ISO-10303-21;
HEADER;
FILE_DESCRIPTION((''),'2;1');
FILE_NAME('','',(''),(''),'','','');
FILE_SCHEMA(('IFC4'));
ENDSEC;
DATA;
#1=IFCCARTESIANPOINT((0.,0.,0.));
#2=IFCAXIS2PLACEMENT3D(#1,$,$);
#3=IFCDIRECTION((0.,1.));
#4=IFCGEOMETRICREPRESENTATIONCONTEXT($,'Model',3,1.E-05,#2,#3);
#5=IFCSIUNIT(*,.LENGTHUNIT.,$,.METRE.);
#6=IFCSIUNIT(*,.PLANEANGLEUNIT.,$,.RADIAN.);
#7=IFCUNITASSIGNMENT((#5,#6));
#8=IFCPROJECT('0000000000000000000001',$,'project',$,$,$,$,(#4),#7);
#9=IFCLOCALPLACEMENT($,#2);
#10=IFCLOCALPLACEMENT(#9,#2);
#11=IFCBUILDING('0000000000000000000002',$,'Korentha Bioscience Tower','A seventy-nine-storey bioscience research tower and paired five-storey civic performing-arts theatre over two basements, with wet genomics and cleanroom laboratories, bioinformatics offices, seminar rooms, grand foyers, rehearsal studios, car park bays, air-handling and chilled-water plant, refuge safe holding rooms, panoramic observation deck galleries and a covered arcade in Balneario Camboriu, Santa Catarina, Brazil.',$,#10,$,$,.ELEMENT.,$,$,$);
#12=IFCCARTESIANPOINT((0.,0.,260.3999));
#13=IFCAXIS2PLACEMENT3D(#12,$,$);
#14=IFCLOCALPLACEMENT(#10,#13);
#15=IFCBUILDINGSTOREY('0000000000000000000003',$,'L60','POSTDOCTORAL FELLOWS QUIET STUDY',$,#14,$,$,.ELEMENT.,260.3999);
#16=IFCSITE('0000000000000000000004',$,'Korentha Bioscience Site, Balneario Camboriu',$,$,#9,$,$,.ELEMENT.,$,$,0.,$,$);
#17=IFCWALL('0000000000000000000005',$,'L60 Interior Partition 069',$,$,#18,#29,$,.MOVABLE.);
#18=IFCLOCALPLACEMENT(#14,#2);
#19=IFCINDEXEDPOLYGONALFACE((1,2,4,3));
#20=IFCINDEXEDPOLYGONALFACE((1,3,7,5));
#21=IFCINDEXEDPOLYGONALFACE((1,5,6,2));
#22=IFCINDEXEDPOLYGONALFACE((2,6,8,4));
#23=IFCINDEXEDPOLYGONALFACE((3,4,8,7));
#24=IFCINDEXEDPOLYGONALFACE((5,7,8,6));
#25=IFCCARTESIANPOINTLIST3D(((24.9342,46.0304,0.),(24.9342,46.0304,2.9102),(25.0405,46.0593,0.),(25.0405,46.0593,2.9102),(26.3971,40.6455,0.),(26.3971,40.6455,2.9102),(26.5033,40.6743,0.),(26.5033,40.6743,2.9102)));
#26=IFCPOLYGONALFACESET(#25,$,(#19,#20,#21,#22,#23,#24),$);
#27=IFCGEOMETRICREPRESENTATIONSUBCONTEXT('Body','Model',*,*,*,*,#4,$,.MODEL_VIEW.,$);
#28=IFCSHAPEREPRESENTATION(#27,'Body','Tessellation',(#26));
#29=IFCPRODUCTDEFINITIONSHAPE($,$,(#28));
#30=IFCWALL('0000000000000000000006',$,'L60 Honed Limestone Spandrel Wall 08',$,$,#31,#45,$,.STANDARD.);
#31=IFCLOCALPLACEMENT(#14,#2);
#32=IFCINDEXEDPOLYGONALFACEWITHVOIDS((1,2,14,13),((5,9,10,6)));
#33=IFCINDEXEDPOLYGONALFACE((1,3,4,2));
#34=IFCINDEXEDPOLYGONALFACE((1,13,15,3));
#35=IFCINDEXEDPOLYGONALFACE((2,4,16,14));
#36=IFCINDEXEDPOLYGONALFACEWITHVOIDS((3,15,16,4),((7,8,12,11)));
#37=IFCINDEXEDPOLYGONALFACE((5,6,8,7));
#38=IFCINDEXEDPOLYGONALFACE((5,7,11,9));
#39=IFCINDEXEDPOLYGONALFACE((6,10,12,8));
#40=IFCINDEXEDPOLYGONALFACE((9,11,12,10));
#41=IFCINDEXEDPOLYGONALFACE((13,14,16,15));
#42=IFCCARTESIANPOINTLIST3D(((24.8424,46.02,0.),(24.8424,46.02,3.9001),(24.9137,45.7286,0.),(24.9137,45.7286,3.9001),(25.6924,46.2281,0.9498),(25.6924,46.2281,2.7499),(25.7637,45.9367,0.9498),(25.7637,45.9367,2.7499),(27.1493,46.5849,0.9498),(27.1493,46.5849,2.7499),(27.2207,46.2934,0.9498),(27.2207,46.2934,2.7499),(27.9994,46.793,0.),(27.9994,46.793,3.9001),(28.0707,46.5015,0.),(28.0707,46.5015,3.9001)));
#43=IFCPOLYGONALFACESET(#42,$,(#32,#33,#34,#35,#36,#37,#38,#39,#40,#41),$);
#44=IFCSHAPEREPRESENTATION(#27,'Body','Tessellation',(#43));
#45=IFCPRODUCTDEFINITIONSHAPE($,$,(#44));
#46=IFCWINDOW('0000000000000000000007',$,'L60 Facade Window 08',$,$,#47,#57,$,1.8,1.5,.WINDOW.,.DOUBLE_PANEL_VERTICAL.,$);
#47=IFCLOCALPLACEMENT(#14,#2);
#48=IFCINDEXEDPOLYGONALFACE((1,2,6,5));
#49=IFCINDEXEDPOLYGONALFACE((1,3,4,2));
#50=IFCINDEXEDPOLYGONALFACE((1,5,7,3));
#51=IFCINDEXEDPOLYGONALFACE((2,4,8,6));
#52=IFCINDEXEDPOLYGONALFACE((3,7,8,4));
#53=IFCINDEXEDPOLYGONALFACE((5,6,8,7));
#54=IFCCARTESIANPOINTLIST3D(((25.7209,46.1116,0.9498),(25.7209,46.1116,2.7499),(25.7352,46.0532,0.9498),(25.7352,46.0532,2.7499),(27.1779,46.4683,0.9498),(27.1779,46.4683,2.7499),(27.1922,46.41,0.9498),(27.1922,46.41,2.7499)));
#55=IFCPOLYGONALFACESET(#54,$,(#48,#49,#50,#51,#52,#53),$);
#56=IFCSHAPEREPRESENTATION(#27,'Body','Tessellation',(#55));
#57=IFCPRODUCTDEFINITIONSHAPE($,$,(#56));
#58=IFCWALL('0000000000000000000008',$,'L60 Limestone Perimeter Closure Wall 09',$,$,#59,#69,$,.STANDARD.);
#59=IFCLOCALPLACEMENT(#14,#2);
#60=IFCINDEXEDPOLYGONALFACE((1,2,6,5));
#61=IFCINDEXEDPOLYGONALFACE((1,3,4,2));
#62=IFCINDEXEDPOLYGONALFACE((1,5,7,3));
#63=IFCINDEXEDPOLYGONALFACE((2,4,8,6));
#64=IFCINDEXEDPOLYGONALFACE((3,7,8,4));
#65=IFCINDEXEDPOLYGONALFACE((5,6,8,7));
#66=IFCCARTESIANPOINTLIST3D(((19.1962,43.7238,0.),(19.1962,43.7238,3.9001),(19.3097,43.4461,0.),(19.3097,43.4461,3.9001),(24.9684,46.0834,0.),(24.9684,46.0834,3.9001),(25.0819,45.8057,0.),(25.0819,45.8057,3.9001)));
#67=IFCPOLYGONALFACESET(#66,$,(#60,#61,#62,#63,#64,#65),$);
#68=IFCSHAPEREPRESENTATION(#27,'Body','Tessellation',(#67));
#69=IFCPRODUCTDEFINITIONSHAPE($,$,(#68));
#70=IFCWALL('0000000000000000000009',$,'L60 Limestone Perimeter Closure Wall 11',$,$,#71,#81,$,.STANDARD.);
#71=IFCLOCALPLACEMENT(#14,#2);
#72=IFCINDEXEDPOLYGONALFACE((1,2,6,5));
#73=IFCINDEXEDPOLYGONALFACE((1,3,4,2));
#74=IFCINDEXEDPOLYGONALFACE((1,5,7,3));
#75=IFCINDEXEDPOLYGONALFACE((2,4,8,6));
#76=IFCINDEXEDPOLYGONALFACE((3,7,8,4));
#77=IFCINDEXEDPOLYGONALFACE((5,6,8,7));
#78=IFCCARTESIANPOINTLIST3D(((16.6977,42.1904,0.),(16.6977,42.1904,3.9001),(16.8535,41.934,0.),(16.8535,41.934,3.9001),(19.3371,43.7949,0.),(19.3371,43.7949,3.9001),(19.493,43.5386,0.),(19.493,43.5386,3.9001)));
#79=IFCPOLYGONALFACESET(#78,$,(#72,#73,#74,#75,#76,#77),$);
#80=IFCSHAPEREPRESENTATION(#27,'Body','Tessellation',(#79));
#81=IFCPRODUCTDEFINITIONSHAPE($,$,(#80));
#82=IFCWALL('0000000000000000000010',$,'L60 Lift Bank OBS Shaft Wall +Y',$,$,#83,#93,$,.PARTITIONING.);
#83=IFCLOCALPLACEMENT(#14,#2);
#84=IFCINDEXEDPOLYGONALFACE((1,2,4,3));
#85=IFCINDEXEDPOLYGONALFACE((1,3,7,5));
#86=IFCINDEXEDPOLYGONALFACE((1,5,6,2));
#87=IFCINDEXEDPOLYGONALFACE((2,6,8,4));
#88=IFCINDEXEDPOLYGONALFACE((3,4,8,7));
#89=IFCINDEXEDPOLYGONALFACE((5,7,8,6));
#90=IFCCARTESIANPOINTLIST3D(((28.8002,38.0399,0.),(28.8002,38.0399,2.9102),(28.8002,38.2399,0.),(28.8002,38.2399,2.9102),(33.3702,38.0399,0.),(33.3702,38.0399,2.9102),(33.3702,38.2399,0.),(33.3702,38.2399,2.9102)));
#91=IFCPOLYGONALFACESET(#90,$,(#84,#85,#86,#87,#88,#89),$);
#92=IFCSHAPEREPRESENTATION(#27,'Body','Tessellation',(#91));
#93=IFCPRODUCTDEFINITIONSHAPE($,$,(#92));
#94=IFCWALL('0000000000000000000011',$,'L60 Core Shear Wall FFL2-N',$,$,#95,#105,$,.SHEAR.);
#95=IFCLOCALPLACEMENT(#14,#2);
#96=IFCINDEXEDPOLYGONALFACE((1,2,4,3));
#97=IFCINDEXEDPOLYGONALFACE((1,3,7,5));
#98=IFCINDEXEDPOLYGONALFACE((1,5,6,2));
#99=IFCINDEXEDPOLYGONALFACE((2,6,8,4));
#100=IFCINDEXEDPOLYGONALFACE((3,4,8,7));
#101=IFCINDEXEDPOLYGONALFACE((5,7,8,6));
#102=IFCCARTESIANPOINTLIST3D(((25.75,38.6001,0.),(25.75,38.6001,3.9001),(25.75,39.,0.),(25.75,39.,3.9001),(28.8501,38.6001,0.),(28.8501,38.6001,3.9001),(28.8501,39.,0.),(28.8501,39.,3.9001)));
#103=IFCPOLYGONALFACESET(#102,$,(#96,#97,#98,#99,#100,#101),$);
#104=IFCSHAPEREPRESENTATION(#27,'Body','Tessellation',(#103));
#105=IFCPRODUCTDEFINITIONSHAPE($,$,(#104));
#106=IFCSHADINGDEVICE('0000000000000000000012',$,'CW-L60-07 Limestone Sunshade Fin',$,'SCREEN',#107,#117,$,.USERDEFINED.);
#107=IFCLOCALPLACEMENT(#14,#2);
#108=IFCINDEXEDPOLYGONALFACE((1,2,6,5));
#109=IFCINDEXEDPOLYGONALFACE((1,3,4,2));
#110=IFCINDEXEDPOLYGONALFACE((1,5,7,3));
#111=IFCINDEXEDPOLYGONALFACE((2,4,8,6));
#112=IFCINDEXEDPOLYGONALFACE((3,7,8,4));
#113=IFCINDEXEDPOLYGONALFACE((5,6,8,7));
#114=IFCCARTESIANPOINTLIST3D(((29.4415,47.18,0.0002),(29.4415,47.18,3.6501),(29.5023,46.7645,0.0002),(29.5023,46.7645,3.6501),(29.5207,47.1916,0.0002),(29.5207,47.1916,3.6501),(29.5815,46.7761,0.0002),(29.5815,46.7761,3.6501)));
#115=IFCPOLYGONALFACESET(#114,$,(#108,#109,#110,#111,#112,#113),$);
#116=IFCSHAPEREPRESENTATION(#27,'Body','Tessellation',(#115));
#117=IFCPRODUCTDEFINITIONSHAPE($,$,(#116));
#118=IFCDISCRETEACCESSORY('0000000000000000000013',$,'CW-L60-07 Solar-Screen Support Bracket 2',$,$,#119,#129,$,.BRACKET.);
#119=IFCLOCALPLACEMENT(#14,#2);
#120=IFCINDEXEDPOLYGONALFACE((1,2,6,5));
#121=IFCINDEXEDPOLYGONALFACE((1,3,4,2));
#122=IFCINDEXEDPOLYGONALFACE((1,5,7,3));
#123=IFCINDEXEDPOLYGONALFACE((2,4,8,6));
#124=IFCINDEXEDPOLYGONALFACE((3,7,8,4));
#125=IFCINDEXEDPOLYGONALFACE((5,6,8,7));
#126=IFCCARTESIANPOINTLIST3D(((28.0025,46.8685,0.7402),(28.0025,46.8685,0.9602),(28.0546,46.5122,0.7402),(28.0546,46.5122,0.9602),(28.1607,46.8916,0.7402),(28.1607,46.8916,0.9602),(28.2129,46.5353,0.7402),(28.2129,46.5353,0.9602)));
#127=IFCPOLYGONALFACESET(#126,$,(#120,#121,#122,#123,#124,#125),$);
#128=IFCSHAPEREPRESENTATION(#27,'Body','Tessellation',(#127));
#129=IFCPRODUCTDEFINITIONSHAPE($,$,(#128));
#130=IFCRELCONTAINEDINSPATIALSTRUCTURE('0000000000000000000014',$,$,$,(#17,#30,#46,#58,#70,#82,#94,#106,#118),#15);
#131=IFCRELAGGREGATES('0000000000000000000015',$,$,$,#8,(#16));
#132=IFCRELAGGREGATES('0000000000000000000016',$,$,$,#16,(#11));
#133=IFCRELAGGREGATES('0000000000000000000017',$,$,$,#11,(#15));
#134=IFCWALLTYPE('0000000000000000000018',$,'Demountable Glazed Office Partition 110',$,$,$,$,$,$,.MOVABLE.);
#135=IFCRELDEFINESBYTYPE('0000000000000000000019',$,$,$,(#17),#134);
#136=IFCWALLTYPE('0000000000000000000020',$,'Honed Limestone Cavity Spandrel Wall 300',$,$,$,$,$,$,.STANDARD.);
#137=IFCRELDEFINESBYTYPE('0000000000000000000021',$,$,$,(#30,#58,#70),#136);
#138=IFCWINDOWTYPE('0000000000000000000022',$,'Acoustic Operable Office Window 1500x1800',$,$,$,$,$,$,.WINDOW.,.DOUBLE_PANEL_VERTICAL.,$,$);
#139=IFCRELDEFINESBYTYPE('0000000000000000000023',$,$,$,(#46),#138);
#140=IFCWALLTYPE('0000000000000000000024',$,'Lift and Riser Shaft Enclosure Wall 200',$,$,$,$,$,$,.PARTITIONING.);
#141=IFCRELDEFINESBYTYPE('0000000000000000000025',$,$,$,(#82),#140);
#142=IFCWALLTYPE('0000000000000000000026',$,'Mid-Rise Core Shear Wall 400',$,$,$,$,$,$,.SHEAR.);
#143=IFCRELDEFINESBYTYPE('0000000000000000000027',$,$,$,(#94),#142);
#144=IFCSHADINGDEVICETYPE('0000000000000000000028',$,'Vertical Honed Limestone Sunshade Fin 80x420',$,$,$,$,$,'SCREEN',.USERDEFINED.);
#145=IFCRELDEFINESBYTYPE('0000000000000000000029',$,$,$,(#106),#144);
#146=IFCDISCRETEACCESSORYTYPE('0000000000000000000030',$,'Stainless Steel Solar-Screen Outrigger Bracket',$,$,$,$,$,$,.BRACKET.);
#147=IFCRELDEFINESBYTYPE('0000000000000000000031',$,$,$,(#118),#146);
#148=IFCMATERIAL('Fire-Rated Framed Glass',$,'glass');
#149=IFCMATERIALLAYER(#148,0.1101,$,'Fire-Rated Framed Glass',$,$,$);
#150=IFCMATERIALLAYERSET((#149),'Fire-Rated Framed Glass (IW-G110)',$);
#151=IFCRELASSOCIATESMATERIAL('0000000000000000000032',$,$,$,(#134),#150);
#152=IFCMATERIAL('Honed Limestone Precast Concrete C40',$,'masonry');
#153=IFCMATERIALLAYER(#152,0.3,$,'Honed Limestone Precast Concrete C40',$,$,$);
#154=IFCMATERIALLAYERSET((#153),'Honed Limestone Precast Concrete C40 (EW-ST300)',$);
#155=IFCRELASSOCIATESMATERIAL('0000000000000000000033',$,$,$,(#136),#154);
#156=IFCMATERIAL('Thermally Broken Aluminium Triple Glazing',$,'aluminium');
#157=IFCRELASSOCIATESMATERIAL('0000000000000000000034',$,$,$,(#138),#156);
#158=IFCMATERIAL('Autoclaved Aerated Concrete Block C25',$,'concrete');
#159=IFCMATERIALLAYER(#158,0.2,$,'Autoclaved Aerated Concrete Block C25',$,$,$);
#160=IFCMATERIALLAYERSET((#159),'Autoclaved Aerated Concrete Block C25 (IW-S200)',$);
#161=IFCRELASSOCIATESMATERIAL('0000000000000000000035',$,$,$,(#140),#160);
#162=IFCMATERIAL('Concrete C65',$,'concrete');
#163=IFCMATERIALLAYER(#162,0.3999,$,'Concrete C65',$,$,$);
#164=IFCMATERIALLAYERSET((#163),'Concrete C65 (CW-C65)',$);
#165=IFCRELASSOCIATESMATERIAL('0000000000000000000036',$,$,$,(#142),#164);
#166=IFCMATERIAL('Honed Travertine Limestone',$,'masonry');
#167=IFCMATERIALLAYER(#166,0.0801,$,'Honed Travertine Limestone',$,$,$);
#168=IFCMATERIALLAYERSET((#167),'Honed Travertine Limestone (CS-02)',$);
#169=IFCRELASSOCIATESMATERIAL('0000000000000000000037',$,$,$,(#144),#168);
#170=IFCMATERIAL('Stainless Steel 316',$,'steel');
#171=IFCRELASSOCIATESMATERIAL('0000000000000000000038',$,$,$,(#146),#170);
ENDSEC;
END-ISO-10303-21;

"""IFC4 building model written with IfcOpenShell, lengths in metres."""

from ifc_helpers import new_model, si_unit, direction, frame, frame_2d, origin, origin_2d, place, context, subcontext, project, spatial, rectangle, extrude, material, layer, layer_set, type_object, element, fill, save


model = new_model("IFC4")

# Units and contexts
model_context = context("Model", 3, precision=1e-05, world=origin(), true_north=direction((0.0, 1.0)))
body_context = subcontext(model_context, "Body", "Model", "MODEL_VIEW")
ifc_project = project(units=[si_unit("LENGTHUNIT", "METRE"), si_unit("PLANEANGLEUNIT", "RADIAN")], contexts=[model_context])

# Site, building, storey
site_placement = place(None, origin())
site = spatial("IfcSite", under=ifc_project, at=site_placement, Name="Korentha Bioscience Site, Balneario Camboriu", CompositionType="ELEMENT", RefElevation=0.0)
building_placement = place(site_placement, origin())
building = spatial("IfcBuilding", under=site, at=building_placement, Name="Korentha Bioscience Tower", Description="A seventy-nine-storey bioscience research tower and paired five-storey civic performing-arts theatre over two basements, with wet genomics and cleanroom laboratories, bioinformatics offices, seminar rooms, grand foyers, rehearsal studios, car park bays, air-handling and chilled-water plant, refuge safe holding rooms, panoramic observation deck galleries and a covered arcade in Balneario Camboriu, Santa Catarina, Brazil.", CompositionType="ELEMENT")
storey_placement = place(building_placement, frame((0.0, 0.0, 260.3999)))
storey = spatial("IfcBuildingStorey", under=building, at=storey_placement, Name="L60", Description="POSTDOCTORAL FELLOWS QUIET STUDY", CompositionType="ELEMENT", Elevation=260.3999)

# Shared definitions
ifc_material_1 = material(Name="Concrete C65", Category="concrete")

# Wall
ifc_material_2 = material(Name="Fire-Rated Framed Glass", Category="glass")
ifc_layer_1 = layer(ifc_material_2, 0.1101, Name="Fire-Rated Framed Glass")
ifc_layer_set_1 = layer_set([ifc_layer_1], Name="Fire-Rated Framed Glass (IW-G110)")
wall_type_1 = type_object("IfcWallType", Name="Demountable Glazed Office Partition 110", PredefinedType="MOVABLE", material=ifc_layer_set_1)
wall_1_placement = place(storey_placement, frame((26.4502, 40.6599, 0.0), z_axis=(0.0, 0.0, 1.0), x_axis=(-0.262158, 0.965025, 0.0)))
element("IfcWall", 1, at=wall_1_placement, inside=storey, type_object=wall_type_1, Name="L60 Interior Partition 069", PredefinedType="MOVABLE", context=body_context, shape_type="SweptSolid", body=[
    extrude(rectangle(XDim=5.5801, YDim=0.1101, at=frame_2d((2.79, 0.0))), origin(), (0.0, 0.0, 1.0), 2.9102),
])

# Wall, opening, window
ifc_material_3 = material(Name="Honed Limestone Precast Concrete C40", Category="masonry")
ifc_layer_2 = layer(ifc_material_3, 0.3, Name="Honed Limestone Precast Concrete C40")
ifc_layer_set_2 = layer_set([ifc_layer_2], Name="Honed Limestone Precast Concrete C40 (EW-ST300)")
wall_type_2 = type_object("IfcWallType", Name="Honed Limestone Cavity Spandrel Wall 300", PredefinedType="STANDARD", material=ifc_layer_set_2)
wall_2_placement = place(storey_placement, frame((28.0349, 46.6472, 0.0), z_axis=(0.0, 0.0, 1.0), x_axis=(-0.971311, -0.237814, 0.0)))
wall_2 = element("IfcWall", 2, at=wall_2_placement, inside=storey, type_object=wall_type_2, Name="L60 Honed Limestone Spandrel Wall 08", PredefinedType="STANDARD", context=body_context, shape_type="SweptSolid", body=[
    extrude(rectangle(XDim=3.2502, YDim=0.3, at=frame_2d((1.625, 0.0))), origin(), (0.0, 0.0, 1.0), 3.9001),
])
opening_1_placement = place(wall_2_placement, frame((0.875, 0.0, 0.95)))
opening_1 = element("IfcOpeningElement", 3, at=opening_1_placement, cuts=wall_2, PredefinedType="OPENING", context=body_context, shape_type="SweptSolid", body=[
    extrude(rectangle(XDim=1.5, YDim=1.8, at=frame_2d((0.75, 0.8999))), frame((0.0, 0.165, 0.0), z_axis=(0.0, -1.0, 0.0), x_axis=(1.0, 0.0, 0.0)), (0.0, 0.0, 1.0), 0.3298),
])
ifc_material_4 = material(Name="Thermally Broken Aluminium Triple Glazing", Category="aluminium")
window_type = type_object("IfcWindowType", Name="Acoustic Operable Office Window 1500x1800", PartitioningType="DOUBLE_PANEL_VERTICAL", PredefinedType="WINDOW", material=ifc_material_4)
window_placement = place(opening_1_placement, origin())
window = element("IfcWindow", 4, at=window_placement, inside=storey, type_object=window_type, Name="L60 Facade Window 08", OverallHeight=1.8, OverallWidth=1.5, PartitioningType="DOUBLE_PANEL_VERTICAL", PredefinedType="WINDOW", context=body_context, shape_type="SweptSolid", body=[
    extrude(rectangle(XDim=1.5, YDim=1.8, at=frame_2d((0.75, 0.8999))), frame((0.0, 0.03, 0.0), z_axis=(0.0, -1.0, 0.0), x_axis=(1.0, 0.0, 0.0)), (0.0, 0.0, 1.0), 0.0601),
])
fill(opening_1, window)

# Walls
wall_3_placement = place(storey_placement, frame((25.0251, 45.9446, 0.0), z_axis=(0.0, 0.0, 1.0), x_axis=(-0.925645, -0.378393, 0.0)))
element("IfcWall", 5, at=wall_3_placement, inside=storey, type_object=wall_type_2, Name="L60 Limestone Perimeter Closure Wall 09", PredefinedType="STANDARD", context=body_context, shape_type="SweptSolid", body=[
    extrude(rectangle(XDim=6.2358, YDim=0.3, at=frame_2d((3.1179, 0.0))), origin(), (0.0, 0.0, 1.0), 3.9001),
])
wall_4_placement = place(storey_placement, frame((19.415, 43.6667, 0.0), z_axis=(0.0, 0.0, 1.0), x_axis=(-0.854501, -0.51945, 0.0)))
element("IfcWall", 6, at=wall_4_placement, inside=storey, type_object=wall_type_2, Name="L60 Limestone Perimeter Closure Wall 11", PredefinedType="STANDARD", context=body_context, shape_type="SweptSolid", body=[
    extrude(rectangle(XDim=3.0889, YDim=0.3, at=frame_2d((1.5444, 0.0))), origin(), (0.0, 0.0, 1.0), 3.9001),
])
ifc_material_5 = material(Name="Autoclaved Aerated Concrete Block C25", Category="concrete")
ifc_layer_3 = layer(ifc_material_5, 0.2, Name="Autoclaved Aerated Concrete Block C25")
ifc_layer_set_3 = layer_set([ifc_layer_3], Name="Autoclaved Aerated Concrete Block C25 (IW-S200)")
wall_type_3 = type_object("IfcWallType", Name="Lift and Riser Shaft Enclosure Wall 200", PredefinedType="PARTITIONING", material=ifc_layer_set_3)
wall_5_placement = place(storey_placement, frame((28.8, 38.1399, 0.0), z_axis=(0.0, 0.0, 1.0), x_axis=(1.0, 0.0, 0.0)))
element("IfcWall", 7, at=wall_5_placement, inside=storey, type_object=wall_type_3, Name="L60 Lift Bank OBS Shaft Wall +Y", PredefinedType="PARTITIONING", context=body_context, shape_type="SweptSolid", body=[
    extrude(rectangle(XDim=4.5701, YDim=0.2, at=frame_2d((2.2852, 0.0))), origin(), (0.0, 0.0, 1.0), 2.9102),
])
ifc_layer_4 = layer(ifc_material_1, 0.3999, Name="Concrete C65")
ifc_layer_set_4 = layer_set([ifc_layer_4], Name="Concrete C65 (CW-C65)")
wall_type_4 = type_object("IfcWallType", Name="Mid-Rise Core Shear Wall 400", PredefinedType="SHEAR", material=ifc_layer_set_4)
wall_6_placement = place(storey_placement, frame((25.75, 38.8, 0.0), z_axis=(0.0, 0.0, 1.0), x_axis=(1.0, 0.0, 0.0)))
element("IfcWall", 8, at=wall_6_placement, inside=storey, type_object=wall_type_4, Name="L60 Core Shear Wall FFL2-N", PredefinedType="SHEAR", context=body_context, shape_type="SweptSolid", body=[
    extrude(rectangle(XDim=3.1001, YDim=0.3999, at=frame_2d((1.55, 0.0))), origin(), (0.0, 0.0, 1.0), 3.9001),
])

# Shading device
ifc_material_6 = material(Name="Honed Travertine Limestone", Category="masonry")
ifc_layer_5 = layer(ifc_material_6, 0.0801, Name="Honed Travertine Limestone")
ifc_layer_set_5 = layer_set([ifc_layer_5], Name="Honed Travertine Limestone (CS-02)")
shading_device_type = type_object("IfcShadingDeviceType", Name="Vertical Honed Limestone Sunshade Fin 80x420", ElementType="SCREEN", PredefinedType="USERDEFINED", material=ifc_layer_set_5)
shading_device_placement = place(storey_placement, frame((29.5115, 46.978, 0.0002), z_axis=(0.0, 0.0, 1.0), x_axis=(-0.98946, -0.144809, 0.0)))
element("IfcShadingDevice", 9, at=shading_device_placement, inside=storey, type_object=shading_device_type, Name="CW-L60-07 Limestone Sunshade Fin", ObjectType="SCREEN", PredefinedType="USERDEFINED", context=body_context, shape_type="SweptSolid", body=[
    extrude(rectangle(XDim=0.0801, YDim=0.4199, at=origin_2d()), origin(), (0.0, 0.0, 1.0), 3.6499),
])

# Discrete accessory
ifc_material_7 = material(Name="Stainless Steel 316", Category="steel")
discrete_accessory_type = type_object("IfcDiscreteAccessoryType", Name="Stainless Steel Solar-Screen Outrigger Bracket", PredefinedType="BRACKET", material=ifc_material_7)
discrete_accessory_placement = place(storey_placement, frame((28.1077, 46.7019, 0.7402), z_axis=(0.0, 0.0, 1.0), x_axis=(-0.98946, -0.144809, 0.0)))
element("IfcDiscreteAccessory", 10, at=discrete_accessory_placement, inside=storey, type_object=discrete_accessory_type, Name="CW-L60-07 Solar-Screen Support Bracket 2", PredefinedType="BRACKET", context=body_context, shape_type="SweptSolid", body=[
    extrude(rectangle(XDim=0.1599, YDim=0.3601, at=origin_2d()), origin(), (0.0, 0.0, 1.0), 0.22),
])

save(model, "model.ifc")
